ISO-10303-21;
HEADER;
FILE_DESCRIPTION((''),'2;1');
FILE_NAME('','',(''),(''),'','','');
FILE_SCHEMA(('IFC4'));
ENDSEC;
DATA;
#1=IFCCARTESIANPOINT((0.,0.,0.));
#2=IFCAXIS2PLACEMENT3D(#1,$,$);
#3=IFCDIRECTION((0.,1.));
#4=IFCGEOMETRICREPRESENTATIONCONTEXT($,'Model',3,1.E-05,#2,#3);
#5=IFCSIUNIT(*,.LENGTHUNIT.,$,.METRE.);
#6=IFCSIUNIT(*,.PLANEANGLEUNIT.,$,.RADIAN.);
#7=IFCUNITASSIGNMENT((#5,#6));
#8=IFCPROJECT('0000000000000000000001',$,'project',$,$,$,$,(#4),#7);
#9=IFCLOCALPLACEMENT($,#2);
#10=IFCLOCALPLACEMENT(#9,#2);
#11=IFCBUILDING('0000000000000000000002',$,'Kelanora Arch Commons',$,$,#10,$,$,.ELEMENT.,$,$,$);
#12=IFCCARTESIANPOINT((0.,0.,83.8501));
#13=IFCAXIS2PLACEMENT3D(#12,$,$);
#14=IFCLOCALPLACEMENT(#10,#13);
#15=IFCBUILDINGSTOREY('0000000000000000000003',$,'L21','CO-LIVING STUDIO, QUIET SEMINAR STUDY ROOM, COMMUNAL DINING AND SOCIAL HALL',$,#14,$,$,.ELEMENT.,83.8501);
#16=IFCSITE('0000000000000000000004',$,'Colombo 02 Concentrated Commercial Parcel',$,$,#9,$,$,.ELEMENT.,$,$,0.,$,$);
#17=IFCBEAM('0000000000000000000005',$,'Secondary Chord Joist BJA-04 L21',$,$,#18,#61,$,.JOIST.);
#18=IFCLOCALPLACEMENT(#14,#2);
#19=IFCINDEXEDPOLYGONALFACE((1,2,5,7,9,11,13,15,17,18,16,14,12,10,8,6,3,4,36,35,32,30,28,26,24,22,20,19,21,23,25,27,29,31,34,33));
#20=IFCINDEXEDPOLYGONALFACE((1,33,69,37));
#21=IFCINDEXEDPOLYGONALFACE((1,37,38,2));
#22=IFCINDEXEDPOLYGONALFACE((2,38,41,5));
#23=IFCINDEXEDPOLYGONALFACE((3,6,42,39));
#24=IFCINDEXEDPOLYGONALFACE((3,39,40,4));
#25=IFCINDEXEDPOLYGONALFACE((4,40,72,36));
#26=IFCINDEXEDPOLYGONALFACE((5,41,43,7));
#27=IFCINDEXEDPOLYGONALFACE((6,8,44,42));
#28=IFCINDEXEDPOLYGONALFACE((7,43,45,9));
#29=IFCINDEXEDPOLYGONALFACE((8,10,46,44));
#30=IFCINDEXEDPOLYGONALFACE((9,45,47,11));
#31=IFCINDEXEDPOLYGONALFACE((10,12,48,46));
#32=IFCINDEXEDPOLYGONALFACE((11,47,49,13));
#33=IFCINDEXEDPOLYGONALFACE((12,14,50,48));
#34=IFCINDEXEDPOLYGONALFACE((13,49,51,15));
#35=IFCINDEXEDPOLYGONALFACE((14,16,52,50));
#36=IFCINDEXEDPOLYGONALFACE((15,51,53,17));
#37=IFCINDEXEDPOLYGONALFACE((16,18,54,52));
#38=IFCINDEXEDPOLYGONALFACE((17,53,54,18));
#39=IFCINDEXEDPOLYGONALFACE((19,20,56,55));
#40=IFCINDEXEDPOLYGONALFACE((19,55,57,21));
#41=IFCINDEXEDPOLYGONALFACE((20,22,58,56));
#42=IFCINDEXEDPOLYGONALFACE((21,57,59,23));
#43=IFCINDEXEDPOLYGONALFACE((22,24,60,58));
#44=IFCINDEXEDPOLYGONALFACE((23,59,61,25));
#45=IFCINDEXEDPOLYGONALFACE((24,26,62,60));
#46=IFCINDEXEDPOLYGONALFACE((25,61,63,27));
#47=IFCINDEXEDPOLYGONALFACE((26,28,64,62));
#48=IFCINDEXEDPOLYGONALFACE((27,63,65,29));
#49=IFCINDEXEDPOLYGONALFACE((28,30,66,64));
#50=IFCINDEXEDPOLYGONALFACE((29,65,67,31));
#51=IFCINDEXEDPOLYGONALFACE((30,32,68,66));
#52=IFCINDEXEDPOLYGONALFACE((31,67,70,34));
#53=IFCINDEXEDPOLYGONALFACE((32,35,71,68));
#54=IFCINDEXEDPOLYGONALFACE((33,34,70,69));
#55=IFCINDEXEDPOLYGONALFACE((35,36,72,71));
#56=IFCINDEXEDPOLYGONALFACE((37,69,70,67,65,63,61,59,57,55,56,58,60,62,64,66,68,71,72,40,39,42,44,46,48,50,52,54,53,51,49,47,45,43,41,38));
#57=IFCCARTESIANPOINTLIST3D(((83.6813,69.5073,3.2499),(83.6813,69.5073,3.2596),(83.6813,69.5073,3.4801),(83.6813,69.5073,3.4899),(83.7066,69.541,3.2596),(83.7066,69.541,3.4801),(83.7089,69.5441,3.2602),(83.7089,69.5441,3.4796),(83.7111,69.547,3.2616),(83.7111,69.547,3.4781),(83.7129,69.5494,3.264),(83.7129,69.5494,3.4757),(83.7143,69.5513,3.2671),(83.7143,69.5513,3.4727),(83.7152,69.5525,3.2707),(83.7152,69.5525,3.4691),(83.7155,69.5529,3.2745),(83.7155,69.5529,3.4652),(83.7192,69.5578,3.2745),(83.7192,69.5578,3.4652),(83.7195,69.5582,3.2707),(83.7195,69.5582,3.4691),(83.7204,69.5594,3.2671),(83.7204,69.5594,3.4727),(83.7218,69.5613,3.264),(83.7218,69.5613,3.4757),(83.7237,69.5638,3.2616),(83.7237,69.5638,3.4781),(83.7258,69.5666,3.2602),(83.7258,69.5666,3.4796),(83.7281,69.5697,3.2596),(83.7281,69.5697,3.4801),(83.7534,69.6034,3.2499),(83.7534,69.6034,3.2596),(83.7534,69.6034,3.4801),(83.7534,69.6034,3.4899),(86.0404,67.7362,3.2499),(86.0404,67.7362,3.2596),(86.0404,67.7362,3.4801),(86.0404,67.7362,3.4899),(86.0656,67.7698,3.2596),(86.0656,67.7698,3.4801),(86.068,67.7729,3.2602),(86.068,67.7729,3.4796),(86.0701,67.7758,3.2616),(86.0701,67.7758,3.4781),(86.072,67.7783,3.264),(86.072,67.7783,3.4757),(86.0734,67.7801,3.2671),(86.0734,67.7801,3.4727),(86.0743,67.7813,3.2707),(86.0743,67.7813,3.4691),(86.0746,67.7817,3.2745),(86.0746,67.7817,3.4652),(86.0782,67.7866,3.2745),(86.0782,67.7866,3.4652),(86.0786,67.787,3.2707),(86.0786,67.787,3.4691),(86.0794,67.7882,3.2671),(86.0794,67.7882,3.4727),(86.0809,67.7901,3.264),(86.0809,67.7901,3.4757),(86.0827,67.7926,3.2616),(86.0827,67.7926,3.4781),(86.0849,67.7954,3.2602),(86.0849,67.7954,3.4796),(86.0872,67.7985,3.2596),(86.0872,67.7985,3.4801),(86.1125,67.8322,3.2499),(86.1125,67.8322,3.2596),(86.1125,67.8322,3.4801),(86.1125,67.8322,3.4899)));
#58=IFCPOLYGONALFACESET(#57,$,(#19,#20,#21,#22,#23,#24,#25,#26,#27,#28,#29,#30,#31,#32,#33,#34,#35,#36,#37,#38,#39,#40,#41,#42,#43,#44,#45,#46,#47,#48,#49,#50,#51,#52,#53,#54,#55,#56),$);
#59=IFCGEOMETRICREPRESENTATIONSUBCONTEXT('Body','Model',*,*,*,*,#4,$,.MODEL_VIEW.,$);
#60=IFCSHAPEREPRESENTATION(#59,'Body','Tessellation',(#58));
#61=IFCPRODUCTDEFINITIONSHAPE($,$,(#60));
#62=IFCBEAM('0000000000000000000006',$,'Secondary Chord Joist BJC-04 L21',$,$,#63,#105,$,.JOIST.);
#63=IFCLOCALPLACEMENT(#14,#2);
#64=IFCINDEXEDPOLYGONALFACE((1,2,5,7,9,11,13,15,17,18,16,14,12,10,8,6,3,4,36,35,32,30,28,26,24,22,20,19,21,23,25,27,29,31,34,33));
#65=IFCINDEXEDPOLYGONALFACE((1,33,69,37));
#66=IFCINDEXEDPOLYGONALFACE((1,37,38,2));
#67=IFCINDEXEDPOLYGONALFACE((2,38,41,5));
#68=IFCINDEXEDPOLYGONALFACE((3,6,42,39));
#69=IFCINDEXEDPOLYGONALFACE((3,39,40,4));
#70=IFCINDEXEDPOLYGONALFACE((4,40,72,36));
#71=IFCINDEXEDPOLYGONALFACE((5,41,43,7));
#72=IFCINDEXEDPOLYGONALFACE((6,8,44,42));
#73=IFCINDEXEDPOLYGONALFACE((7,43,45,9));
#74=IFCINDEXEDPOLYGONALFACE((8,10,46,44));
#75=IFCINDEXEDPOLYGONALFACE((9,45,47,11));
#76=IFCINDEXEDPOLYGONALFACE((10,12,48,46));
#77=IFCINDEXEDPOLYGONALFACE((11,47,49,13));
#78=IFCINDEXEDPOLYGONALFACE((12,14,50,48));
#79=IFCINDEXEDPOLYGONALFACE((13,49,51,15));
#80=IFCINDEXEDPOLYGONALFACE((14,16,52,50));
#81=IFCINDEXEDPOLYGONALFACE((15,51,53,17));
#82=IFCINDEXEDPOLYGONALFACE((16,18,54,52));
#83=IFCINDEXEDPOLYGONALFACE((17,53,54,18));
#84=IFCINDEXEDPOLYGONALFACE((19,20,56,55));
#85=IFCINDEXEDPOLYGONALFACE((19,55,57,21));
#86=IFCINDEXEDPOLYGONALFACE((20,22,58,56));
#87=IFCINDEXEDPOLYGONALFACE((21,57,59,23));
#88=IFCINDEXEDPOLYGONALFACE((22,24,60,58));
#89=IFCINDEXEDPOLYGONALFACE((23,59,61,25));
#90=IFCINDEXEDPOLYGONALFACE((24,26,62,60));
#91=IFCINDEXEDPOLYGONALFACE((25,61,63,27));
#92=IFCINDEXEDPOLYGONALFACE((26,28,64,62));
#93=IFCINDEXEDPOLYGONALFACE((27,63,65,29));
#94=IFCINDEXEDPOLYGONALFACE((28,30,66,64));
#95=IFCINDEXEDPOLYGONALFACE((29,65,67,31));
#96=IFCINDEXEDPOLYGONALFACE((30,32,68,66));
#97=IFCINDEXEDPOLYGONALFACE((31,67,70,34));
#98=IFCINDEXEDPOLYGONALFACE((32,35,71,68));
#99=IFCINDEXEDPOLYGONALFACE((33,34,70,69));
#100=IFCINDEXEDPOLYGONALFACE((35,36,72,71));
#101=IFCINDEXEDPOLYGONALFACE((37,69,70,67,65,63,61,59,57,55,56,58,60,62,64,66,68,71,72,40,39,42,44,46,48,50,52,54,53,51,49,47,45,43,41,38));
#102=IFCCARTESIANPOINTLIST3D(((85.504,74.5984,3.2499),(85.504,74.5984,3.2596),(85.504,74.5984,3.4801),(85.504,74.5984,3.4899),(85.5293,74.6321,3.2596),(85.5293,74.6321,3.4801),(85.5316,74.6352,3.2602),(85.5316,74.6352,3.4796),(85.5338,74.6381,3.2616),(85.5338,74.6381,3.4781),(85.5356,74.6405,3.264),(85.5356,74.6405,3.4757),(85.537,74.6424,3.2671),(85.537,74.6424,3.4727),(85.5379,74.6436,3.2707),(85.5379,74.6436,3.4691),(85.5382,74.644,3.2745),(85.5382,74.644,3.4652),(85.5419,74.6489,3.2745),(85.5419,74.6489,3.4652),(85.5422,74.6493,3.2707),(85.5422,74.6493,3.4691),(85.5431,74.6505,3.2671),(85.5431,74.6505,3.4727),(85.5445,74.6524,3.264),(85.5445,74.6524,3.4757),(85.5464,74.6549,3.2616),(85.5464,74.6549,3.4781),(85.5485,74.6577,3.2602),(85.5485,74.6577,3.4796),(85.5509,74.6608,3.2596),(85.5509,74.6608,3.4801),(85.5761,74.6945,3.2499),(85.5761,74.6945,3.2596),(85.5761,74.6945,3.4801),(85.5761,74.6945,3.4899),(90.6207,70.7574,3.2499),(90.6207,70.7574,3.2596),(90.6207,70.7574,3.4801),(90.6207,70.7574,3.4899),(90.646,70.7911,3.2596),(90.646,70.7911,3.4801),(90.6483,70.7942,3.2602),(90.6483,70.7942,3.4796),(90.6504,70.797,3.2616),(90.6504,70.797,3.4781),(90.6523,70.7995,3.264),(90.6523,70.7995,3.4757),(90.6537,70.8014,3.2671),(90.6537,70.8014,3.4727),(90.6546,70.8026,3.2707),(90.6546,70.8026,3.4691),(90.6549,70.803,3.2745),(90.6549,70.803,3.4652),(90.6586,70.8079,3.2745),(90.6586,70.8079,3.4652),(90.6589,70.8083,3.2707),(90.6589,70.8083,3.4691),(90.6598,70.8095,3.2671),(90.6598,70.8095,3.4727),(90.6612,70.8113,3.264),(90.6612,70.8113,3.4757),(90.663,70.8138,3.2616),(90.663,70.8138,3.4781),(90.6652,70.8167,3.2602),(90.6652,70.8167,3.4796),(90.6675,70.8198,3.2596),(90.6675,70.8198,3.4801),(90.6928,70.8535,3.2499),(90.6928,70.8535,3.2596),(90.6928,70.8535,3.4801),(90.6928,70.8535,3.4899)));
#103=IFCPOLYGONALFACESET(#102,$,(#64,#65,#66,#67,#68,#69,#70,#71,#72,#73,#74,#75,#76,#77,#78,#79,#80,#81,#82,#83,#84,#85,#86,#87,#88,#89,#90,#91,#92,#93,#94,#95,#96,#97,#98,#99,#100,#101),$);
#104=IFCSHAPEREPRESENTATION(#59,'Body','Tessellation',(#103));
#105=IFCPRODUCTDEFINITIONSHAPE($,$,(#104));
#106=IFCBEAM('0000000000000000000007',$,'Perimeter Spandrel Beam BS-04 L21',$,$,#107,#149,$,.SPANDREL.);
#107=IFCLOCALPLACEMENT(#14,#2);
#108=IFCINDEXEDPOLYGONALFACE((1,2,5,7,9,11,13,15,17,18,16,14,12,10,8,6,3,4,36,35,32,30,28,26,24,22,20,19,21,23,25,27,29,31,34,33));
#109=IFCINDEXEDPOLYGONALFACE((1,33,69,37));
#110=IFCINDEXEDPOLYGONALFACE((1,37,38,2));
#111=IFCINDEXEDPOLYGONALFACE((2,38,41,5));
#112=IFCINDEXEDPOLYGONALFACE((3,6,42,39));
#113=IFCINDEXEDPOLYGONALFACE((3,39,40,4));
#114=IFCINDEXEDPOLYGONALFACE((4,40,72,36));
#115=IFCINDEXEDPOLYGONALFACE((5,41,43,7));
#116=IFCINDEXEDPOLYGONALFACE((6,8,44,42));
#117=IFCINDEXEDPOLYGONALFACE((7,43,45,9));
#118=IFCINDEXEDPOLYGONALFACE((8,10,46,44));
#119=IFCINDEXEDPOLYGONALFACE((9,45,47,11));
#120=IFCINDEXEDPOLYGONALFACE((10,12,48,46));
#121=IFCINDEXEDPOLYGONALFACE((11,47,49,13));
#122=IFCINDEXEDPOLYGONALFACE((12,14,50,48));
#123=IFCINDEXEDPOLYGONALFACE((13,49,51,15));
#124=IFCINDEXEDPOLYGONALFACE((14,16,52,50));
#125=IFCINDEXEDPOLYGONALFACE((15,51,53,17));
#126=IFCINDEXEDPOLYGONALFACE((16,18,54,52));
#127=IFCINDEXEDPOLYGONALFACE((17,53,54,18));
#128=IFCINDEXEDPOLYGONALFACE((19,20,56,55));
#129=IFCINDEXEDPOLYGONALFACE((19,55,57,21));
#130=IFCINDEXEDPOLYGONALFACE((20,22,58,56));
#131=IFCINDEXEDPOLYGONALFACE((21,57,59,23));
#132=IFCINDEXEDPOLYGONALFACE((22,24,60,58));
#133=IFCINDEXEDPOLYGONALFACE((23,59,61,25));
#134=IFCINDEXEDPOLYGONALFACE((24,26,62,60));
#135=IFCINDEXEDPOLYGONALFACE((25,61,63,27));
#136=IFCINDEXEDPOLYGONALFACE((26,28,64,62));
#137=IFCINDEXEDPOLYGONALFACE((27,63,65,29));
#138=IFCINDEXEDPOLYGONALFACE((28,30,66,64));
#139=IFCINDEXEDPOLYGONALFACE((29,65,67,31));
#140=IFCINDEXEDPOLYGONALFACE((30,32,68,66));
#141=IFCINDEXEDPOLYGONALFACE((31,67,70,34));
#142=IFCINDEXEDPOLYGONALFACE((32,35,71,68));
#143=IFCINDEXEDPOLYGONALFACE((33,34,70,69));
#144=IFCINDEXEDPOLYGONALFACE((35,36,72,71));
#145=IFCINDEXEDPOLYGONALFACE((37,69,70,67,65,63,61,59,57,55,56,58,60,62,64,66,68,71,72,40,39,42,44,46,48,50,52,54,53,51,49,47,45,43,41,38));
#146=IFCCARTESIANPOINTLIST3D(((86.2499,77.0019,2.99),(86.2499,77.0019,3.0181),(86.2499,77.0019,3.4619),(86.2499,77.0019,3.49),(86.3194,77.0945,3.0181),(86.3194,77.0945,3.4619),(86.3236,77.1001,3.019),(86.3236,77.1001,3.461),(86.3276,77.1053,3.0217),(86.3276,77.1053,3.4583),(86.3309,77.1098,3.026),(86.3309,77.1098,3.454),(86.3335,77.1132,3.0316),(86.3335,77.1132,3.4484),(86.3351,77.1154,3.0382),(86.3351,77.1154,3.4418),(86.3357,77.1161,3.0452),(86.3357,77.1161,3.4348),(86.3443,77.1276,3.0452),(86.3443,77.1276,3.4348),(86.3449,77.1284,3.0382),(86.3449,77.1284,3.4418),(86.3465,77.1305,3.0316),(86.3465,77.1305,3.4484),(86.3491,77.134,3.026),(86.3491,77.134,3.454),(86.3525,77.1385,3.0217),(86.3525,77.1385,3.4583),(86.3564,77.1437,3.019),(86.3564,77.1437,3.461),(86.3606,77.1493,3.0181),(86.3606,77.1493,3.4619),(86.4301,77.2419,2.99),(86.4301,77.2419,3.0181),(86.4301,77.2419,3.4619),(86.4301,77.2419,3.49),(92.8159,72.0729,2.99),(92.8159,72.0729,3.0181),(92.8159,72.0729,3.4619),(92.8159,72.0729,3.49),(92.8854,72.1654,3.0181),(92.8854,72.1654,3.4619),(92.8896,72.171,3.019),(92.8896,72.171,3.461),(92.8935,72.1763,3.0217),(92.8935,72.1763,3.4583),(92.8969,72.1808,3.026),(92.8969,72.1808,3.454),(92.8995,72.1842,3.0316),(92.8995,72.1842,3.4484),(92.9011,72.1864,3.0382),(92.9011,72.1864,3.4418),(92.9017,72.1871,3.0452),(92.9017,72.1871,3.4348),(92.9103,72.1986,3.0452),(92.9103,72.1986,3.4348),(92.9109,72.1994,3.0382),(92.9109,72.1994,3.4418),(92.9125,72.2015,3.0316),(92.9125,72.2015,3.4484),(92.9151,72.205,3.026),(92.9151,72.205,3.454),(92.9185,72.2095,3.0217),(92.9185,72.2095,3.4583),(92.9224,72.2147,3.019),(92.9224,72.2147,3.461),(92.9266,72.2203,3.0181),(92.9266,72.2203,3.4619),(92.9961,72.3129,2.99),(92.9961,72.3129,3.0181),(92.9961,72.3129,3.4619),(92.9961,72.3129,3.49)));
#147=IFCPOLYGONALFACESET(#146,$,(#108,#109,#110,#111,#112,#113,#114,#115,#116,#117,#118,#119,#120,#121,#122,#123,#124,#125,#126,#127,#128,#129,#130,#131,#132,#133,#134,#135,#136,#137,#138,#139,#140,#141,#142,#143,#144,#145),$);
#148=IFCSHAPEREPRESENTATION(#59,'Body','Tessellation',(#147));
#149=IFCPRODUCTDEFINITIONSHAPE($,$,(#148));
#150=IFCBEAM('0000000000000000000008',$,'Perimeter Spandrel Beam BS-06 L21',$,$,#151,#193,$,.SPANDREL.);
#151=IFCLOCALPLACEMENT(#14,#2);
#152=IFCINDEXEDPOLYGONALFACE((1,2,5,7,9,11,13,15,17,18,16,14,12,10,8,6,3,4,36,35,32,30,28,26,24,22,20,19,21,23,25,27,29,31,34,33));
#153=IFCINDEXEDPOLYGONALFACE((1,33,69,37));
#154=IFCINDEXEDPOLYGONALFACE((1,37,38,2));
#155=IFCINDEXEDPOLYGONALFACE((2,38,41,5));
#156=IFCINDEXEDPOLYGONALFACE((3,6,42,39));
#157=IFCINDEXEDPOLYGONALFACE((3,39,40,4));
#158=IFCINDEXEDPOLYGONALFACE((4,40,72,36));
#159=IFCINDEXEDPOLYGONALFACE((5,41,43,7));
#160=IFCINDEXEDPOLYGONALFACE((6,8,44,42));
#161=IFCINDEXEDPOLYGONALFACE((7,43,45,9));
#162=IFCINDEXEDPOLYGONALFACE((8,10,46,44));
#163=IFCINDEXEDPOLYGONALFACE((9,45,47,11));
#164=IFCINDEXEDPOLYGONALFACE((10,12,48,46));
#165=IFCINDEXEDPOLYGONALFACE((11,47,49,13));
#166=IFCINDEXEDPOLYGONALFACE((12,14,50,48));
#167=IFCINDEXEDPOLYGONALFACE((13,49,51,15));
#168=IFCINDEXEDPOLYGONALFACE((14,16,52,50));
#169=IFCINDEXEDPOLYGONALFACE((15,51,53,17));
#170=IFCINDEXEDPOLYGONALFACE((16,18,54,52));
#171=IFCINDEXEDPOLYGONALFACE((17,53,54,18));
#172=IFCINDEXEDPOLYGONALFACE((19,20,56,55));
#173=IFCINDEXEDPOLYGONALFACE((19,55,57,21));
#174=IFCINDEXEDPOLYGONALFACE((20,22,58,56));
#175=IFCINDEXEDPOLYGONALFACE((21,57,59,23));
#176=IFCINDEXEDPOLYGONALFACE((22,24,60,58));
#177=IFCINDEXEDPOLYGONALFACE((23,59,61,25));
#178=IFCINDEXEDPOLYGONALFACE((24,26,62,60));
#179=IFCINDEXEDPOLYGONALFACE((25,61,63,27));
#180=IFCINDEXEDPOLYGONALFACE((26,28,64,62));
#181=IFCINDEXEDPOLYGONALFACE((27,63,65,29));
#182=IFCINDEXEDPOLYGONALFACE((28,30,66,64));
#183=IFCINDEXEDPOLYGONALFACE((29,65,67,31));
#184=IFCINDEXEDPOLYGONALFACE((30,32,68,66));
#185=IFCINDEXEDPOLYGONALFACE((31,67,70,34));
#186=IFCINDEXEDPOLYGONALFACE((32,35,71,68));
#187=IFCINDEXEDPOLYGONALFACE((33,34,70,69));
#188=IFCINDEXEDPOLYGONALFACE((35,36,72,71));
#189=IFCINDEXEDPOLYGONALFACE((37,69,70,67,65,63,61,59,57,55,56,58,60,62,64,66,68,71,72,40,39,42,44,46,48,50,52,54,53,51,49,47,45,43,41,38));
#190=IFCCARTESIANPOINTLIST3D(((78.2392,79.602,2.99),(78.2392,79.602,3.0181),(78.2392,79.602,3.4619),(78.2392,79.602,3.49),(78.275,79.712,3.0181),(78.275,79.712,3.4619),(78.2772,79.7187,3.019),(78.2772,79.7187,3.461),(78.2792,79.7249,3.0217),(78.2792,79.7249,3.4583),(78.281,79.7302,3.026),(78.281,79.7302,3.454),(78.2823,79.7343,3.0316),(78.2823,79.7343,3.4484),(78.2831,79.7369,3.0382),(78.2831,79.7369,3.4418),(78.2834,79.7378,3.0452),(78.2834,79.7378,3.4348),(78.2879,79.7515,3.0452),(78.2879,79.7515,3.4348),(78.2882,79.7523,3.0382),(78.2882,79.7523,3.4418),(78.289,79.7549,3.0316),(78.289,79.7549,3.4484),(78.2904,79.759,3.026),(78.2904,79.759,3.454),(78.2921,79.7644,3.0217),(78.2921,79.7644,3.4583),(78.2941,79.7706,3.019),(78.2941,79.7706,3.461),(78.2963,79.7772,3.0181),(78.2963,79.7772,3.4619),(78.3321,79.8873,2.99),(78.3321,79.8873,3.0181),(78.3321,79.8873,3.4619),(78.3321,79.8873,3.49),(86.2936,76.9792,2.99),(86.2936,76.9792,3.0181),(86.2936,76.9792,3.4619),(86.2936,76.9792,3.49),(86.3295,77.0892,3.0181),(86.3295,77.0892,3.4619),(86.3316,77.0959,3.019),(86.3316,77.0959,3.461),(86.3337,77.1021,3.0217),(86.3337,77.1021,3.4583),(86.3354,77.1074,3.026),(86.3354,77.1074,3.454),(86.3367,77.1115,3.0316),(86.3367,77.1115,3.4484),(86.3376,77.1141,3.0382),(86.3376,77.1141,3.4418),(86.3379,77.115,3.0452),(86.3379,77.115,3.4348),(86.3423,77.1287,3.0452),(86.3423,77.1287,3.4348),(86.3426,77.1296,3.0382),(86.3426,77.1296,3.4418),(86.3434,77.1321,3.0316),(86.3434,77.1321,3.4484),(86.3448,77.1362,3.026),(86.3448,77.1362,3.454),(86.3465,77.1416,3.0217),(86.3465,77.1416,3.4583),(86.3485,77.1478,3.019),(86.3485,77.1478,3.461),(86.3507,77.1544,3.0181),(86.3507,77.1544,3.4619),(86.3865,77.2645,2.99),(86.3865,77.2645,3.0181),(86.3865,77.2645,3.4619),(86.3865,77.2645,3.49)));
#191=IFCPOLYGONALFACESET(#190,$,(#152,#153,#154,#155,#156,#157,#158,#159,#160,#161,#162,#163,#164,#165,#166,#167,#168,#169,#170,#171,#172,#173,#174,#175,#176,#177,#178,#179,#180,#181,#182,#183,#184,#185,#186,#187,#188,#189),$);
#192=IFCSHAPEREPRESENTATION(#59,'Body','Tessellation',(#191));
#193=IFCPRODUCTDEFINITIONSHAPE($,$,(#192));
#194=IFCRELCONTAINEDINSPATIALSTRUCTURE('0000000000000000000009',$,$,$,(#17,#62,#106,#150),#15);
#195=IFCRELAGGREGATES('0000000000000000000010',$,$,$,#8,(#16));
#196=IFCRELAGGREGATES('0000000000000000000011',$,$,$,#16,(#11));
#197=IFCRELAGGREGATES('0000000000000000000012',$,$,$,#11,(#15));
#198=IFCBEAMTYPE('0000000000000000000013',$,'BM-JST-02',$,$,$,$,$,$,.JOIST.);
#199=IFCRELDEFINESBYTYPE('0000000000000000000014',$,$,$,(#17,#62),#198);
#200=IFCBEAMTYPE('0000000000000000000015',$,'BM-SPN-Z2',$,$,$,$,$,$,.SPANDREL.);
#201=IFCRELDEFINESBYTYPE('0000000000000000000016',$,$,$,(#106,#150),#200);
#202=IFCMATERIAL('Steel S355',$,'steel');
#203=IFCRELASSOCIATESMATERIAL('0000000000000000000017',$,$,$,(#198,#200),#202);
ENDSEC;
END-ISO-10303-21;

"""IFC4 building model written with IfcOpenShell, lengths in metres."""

from ifc_helpers import new_model, si_unit, direction, frame, origin, origin_2d, place, context, subcontext, project, spatial, i_section, extrude, material, material_profile, profile_set, type_object, element, save


model = new_model("IFC4")

# Units and contexts
model_context = context("Model", 3, precision=1e-05, world=origin(), true_north=direction((0.0, 1.0)))
body_context = subcontext(model_context, "Body", "Model", "MODEL_VIEW")
ifc_project = project(units=[si_unit("LENGTHUNIT", "METRE"), si_unit("PLANEANGLEUNIT", "RADIAN")], contexts=[model_context])

# Site, building, storey
site_placement = place(None, origin())
site = spatial("IfcSite", under=ifc_project, at=site_placement, Name="Colombo 02 Concentrated Commercial Parcel", CompositionType="ELEMENT", RefElevation=0.0)
building_placement = place(site_placement, origin())
building = spatial("IfcBuilding", under=site, at=building_placement, Name="Kelanora Arch Commons", CompositionType="ELEMENT")
storey_placement = place(building_placement, frame((0.0, 0.0, 83.8501)))
storey = spatial("IfcBuildingStorey", under=building, at=storey_placement, Name="L21", Description="CO-LIVING STUDIO, QUIET SEMINAR STUDY ROOM, COMMUNAL DINING AND SOCIAL HALL", CompositionType="ELEMENT", Elevation=83.8501)

# Beams
ifc_material_1 = material(Name="Steel S355", Category="steel")
ifc_material_profile_1 = material_profile(ifc_material_1, i_section(OverallWidth=0.1201, OverallDepth=0.24, WebThickness=0.0061, FlangeThickness=0.0098, FilletRadius=0.0149, at=origin_2d()), Name="IPE240")
ifc_profile_set_1 = profile_set([ifc_material_profile_1], Name="Steel S355")
beam_type_1 = type_object("IfcBeamType", Name="BM-JST-02", PredefinedType="JOIST", material=ifc_profile_set_1)
beam_1_placement = place(storey_placement, frame((86.0764, 67.7842, 3.3699), z_axis=(-0.799692, 0.60041, 0.0), x_axis=(-0.60041, -0.799692, 0.0)))
element("IfcBeam", 1, at=beam_1_placement, inside=storey, type_object=beam_type_1, Name="Secondary Chord Joist BJA-04 L21", PredefinedType="JOIST", context=body_context, shape_type="SweptSolid", body=[
    extrude(i_section(OverallWidth=0.1201, OverallDepth=0.24, WebThickness=0.0061, FlangeThickness=0.0098, FilletRadius=0.0149, at=origin_2d()), origin(), (0.0, 0.0, 1.0), 2.95),
])
beam_2_placement = place(storey_placement, frame((90.6567, 70.8054, 3.3699), z_axis=(-0.799734, 0.600354, 0.0), x_axis=(-0.600354, -0.799734, 0.0)))
element("IfcBeam", 2, at=beam_2_placement, inside=storey, type_object=beam_type_1, Name="Secondary Chord Joist BJC-04 L21", PredefinedType="JOIST", context=body_context, shape_type="SweptSolid", body=[
    extrude(i_section(OverallWidth=0.1201, OverallDepth=0.24, WebThickness=0.0061, FlangeThickness=0.0098, FilletRadius=0.0149, at=origin_2d()), origin(), (0.0, 0.0, 1.0), 6.3979),
])
ifc_material_profile_2 = material_profile(ifc_material_1, i_section(OverallWidth=0.3, OverallDepth=0.5, WebThickness=0.0144, FlangeThickness=0.0281, FilletRadius=0.0271, at=origin_2d()), Name="HEB500")
ifc_profile_set_2 = profile_set([ifc_material_profile_2], Name="Steel S355")
beam_type_2 = type_object("IfcBeamType", Name="BM-SPN-Z2", PredefinedType="SPANDREL", material=ifc_profile_set_2)
beam_3_placement = place(storey_placement, frame((92.906, 72.1929, 3.24), z_axis=(-0.799736, 0.600352, 0.0), x_axis=(-0.600352, -0.799736, 0.0)))
element("IfcBeam", 3, at=beam_3_placement, inside=storey, type_object=beam_type_2, Name="Perimeter Spandrel Beam BS-04 L21", PredefinedType="SPANDREL", context=body_context, shape_type="SweptSolid", body=[
    extrude(i_section(OverallWidth=0.3, OverallDepth=0.5, WebThickness=0.0144, FlangeThickness=0.0281, FilletRadius=0.0271, at=origin_2d()), origin(), (0.0, 0.0, 1.0), 8.2102),
])
beam_4_placement = place(storey_placement, frame((86.3401, 77.1218, 3.24), z_axis=(-0.950857, 0.309631, 0.0), x_axis=(-0.309631, -0.950857, 0.0)))
element("IfcBeam", 4, at=beam_4_placement, inside=storey, type_object=beam_type_2, Name="Perimeter Spandrel Beam BS-06 L21", PredefinedType="SPANDREL", context=body_context, shape_type="SweptSolid", body=[
    extrude(i_section(OverallWidth=0.3, OverallDepth=0.5, WebThickness=0.0144, FlangeThickness=0.0281, FilletRadius=0.0271, at=origin_2d()), origin(), (0.0, 0.0, 1.0), 8.4707),
])

save(model, "model.ifc")
